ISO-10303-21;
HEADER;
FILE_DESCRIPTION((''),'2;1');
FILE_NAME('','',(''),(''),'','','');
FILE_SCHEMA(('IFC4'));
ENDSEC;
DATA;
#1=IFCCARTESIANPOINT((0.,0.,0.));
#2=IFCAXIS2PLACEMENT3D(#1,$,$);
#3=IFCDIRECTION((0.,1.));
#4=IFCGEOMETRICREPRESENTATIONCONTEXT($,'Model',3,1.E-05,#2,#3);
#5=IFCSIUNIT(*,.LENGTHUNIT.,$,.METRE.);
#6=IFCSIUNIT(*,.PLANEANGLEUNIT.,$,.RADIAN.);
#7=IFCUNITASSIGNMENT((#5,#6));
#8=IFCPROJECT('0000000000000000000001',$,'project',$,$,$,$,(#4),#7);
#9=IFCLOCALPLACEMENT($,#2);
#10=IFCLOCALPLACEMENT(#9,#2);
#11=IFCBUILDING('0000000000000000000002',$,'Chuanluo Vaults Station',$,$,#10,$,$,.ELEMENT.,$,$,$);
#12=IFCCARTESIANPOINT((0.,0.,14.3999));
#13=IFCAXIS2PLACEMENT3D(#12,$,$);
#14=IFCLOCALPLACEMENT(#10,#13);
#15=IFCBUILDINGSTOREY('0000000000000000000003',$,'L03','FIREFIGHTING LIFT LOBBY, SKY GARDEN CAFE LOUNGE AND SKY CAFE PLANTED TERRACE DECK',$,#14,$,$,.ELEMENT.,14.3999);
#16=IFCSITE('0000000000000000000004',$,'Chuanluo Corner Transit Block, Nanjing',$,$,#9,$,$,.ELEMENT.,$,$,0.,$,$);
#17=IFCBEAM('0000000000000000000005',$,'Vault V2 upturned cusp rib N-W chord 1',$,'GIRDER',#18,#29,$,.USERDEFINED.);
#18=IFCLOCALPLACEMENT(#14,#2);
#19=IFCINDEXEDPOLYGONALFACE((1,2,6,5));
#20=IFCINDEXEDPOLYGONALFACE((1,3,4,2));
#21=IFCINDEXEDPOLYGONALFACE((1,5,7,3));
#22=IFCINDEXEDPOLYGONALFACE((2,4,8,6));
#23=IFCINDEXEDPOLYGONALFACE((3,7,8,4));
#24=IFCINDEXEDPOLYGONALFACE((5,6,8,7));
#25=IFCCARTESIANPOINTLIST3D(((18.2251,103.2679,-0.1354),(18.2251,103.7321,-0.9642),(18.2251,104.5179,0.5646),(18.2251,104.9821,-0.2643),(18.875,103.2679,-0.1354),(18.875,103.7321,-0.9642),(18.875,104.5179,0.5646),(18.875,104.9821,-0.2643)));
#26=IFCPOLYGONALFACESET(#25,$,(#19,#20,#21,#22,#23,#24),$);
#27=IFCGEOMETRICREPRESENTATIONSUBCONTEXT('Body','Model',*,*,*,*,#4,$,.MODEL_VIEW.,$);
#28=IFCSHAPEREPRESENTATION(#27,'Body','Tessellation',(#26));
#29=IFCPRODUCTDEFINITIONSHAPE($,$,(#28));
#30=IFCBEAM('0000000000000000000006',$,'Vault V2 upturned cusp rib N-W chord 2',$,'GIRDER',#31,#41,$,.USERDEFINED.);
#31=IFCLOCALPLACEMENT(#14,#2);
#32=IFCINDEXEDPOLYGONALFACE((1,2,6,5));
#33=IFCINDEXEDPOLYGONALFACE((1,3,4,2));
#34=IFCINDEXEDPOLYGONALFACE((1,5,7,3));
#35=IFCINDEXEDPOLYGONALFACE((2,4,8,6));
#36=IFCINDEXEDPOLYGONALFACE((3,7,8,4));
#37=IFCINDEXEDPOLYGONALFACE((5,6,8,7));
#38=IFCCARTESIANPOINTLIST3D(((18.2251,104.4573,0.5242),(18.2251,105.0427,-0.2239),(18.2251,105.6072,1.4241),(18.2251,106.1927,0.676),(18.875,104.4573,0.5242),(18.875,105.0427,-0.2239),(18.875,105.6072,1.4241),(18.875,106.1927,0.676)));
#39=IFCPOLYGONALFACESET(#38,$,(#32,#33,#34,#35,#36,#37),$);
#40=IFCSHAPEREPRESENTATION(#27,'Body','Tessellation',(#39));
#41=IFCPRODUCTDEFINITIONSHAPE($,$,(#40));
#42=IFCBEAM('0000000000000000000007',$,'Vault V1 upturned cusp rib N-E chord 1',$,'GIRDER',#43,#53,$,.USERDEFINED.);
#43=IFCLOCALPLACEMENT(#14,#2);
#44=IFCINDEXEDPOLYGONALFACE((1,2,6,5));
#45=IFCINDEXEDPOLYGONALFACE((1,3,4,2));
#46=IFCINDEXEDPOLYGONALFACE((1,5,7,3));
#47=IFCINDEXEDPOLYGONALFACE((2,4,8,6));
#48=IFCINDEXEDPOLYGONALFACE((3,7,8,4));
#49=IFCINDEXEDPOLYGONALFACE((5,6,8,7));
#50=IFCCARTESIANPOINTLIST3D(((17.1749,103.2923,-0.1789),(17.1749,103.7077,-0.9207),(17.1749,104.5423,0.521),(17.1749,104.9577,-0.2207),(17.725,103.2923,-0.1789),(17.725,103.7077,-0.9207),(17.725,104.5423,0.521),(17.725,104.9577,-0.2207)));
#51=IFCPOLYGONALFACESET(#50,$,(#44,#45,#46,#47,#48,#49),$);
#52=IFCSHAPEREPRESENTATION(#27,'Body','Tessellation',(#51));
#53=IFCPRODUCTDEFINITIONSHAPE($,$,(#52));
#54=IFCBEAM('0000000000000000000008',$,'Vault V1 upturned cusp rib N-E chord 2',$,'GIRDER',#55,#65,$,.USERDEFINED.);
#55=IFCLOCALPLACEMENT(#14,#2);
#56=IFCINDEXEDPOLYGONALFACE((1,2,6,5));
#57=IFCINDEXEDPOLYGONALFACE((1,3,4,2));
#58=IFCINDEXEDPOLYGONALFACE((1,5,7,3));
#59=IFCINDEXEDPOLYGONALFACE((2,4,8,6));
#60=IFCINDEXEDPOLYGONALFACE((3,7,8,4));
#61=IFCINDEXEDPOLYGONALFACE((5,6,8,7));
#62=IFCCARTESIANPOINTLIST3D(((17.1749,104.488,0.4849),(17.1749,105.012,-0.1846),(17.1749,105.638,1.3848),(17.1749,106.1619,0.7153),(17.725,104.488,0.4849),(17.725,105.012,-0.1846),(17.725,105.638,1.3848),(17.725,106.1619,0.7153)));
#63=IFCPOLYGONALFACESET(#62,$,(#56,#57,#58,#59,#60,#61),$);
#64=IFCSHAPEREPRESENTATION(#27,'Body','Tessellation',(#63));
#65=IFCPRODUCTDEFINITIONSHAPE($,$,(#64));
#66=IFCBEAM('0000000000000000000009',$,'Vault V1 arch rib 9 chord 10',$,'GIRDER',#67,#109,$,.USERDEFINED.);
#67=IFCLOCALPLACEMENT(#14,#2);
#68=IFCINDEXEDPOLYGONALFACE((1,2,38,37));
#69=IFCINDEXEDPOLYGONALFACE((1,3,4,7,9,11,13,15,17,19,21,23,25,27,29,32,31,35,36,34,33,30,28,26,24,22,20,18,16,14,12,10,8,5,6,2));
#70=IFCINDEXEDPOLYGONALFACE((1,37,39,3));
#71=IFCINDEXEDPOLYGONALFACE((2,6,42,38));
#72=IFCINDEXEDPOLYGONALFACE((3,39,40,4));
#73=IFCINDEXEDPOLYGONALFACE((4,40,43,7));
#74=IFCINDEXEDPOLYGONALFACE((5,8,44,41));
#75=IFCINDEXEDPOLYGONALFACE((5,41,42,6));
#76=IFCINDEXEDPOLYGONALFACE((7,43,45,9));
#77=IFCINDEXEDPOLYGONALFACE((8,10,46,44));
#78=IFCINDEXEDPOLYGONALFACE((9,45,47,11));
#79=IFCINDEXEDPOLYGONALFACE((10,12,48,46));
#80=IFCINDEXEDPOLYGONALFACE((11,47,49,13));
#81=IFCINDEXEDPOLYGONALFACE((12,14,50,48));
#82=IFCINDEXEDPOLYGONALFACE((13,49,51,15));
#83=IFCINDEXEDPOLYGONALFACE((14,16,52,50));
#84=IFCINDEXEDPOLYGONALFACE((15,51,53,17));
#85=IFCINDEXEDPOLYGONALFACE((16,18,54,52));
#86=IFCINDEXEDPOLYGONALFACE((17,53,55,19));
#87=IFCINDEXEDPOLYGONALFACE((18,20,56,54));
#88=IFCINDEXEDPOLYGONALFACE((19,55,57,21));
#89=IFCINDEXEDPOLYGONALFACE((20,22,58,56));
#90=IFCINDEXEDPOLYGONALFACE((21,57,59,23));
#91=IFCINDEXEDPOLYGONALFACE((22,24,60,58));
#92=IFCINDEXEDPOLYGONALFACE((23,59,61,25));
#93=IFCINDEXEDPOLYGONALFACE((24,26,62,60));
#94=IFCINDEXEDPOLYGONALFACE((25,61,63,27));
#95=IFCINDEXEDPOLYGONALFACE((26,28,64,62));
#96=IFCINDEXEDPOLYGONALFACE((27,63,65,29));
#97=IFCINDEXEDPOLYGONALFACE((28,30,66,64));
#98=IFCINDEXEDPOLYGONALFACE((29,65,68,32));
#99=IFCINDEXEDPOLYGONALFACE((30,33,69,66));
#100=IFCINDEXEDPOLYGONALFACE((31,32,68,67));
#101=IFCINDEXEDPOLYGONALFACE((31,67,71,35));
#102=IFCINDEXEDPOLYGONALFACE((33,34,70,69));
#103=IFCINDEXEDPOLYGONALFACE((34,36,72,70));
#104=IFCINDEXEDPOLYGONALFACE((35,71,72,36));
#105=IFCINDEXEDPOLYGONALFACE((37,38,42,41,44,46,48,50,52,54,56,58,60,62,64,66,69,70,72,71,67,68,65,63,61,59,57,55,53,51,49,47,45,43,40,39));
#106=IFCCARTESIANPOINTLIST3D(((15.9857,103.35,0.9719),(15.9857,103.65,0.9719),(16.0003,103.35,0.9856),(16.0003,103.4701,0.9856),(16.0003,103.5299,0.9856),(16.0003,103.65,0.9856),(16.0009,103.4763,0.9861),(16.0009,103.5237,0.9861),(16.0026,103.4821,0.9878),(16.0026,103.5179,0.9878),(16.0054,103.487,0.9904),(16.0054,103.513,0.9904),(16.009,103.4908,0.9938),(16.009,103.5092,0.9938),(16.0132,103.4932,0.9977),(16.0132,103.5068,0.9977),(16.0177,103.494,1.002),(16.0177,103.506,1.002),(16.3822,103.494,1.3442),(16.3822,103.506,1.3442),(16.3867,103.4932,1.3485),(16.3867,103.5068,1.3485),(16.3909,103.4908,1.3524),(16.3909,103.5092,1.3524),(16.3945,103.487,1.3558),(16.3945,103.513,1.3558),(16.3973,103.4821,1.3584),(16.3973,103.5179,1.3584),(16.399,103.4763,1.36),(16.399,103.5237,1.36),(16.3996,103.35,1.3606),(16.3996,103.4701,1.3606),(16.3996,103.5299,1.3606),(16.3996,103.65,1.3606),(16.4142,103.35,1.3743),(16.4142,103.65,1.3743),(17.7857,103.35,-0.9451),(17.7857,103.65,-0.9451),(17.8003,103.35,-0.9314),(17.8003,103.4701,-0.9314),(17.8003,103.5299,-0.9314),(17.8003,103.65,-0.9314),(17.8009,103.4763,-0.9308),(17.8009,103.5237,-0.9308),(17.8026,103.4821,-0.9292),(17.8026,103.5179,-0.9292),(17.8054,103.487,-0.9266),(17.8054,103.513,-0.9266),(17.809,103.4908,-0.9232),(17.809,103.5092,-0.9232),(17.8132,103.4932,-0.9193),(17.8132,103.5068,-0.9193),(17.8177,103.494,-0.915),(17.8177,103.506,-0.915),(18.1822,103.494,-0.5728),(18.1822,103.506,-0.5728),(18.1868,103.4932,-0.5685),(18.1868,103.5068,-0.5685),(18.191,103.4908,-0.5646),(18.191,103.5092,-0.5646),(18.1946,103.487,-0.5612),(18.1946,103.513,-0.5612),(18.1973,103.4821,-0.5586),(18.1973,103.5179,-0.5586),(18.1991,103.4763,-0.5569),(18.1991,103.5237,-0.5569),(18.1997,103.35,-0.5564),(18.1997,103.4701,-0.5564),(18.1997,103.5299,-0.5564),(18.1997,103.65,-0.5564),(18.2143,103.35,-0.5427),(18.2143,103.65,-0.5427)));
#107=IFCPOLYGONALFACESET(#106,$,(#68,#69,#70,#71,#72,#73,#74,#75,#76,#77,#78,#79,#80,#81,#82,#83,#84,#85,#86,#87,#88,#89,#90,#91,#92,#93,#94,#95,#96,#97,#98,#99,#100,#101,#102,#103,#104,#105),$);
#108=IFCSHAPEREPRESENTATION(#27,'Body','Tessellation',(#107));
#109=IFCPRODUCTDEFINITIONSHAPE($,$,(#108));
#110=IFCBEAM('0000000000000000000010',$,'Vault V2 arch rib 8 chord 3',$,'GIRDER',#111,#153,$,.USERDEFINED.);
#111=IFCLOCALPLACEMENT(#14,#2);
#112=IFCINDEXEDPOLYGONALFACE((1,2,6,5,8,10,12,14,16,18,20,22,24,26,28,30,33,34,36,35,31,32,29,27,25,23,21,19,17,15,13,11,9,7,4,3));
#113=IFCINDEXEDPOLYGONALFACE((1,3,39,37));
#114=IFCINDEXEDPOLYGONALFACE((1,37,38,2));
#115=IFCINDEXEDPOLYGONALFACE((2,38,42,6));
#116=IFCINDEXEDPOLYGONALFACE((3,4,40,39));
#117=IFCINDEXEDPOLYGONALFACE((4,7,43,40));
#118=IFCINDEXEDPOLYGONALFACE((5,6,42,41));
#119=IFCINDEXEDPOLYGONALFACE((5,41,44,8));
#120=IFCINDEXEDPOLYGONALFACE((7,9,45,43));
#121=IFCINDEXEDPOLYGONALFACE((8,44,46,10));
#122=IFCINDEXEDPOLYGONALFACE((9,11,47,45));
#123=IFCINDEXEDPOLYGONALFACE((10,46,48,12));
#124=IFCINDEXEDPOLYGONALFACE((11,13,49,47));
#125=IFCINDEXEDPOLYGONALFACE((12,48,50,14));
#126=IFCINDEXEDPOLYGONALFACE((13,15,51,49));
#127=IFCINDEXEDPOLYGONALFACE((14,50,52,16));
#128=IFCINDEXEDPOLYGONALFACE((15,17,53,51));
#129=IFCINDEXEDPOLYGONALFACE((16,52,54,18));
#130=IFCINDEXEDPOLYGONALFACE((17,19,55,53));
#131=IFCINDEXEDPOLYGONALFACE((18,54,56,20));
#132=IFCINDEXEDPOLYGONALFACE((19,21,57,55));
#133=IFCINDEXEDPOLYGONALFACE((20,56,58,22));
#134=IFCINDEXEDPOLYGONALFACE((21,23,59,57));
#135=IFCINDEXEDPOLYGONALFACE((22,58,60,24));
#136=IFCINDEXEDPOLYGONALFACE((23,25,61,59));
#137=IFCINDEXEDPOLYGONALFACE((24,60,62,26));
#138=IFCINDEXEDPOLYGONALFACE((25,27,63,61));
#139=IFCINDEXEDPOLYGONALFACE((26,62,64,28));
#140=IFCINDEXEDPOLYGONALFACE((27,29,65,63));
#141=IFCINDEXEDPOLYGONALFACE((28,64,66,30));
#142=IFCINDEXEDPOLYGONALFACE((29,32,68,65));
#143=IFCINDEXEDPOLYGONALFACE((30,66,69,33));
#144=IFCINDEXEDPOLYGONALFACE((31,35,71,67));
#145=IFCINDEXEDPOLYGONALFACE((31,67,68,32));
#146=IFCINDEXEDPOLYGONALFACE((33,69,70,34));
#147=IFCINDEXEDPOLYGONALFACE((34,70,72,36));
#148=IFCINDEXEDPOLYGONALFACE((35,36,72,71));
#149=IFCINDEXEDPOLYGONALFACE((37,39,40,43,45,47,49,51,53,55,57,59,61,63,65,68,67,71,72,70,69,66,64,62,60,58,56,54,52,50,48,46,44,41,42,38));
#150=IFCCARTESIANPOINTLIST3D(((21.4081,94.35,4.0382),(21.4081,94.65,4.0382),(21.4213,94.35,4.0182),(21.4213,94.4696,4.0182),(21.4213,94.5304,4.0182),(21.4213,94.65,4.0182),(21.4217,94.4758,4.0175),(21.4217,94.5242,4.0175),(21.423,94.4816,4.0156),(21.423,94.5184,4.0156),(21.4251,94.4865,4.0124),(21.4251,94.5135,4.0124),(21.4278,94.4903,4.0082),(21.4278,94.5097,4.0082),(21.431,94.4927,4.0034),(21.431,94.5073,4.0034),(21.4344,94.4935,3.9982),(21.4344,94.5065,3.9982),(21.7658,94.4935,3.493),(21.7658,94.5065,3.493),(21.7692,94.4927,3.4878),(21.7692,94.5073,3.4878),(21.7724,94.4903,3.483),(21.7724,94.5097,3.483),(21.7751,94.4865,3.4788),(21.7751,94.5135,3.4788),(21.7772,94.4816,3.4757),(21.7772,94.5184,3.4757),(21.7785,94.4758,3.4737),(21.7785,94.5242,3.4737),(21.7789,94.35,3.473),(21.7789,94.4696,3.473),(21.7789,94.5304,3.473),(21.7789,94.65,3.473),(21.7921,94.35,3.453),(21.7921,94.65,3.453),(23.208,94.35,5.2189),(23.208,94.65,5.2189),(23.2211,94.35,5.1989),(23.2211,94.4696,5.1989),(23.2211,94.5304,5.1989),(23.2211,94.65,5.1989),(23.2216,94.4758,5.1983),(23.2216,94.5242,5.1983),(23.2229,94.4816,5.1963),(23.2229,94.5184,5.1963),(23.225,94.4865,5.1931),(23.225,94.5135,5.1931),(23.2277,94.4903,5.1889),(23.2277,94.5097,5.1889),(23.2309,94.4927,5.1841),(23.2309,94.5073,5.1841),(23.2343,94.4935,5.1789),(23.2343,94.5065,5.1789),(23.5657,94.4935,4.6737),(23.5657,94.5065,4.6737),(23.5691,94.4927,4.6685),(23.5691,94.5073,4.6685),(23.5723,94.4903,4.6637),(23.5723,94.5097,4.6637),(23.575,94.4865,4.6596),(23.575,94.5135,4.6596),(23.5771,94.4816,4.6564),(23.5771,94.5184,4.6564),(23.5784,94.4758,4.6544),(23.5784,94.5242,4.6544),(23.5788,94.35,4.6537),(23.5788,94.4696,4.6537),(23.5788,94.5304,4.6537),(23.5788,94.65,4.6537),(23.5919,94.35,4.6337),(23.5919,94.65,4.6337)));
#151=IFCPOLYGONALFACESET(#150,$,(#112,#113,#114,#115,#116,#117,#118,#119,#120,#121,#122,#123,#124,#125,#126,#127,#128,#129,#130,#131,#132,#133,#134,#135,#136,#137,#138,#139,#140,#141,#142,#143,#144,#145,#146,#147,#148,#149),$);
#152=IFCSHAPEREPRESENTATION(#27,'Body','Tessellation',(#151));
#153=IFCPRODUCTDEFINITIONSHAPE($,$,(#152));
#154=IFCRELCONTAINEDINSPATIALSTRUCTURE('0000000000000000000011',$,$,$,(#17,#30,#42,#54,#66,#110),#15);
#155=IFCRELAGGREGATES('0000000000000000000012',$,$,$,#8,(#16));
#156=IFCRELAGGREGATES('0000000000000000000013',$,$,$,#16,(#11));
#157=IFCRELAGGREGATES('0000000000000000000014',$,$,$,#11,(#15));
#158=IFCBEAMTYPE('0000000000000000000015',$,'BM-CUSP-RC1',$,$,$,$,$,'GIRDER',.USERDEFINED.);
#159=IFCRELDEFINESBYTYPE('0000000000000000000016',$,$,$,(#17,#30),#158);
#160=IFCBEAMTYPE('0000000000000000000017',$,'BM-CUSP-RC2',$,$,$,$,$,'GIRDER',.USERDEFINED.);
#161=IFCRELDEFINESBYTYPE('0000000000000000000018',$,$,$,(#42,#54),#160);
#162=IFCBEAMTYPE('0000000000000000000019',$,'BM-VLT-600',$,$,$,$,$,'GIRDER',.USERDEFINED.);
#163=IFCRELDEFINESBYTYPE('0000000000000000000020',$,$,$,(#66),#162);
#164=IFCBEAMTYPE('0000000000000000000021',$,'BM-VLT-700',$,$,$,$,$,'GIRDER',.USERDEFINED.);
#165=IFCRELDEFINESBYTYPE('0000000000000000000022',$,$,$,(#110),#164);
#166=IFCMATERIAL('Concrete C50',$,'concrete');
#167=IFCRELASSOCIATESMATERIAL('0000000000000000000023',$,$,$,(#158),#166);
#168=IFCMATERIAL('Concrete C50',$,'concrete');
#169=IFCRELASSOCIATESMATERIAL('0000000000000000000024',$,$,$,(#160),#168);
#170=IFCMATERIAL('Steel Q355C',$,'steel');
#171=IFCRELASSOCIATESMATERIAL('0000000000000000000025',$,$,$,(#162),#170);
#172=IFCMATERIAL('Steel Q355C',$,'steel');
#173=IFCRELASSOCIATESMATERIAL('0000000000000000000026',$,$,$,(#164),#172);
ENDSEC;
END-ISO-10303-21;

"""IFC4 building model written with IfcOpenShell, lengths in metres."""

from ifc_helpers import new_model, si_unit, direction, frame, origin, origin_2d, place, context, subcontext, project, spatial, rectangle, i_section, extrude, material, material_profile, profile_set, type_object, element, save


model = new_model("IFC4")

# Units and contexts
model_context = context("Model", 3, precision=1e-05, world=origin(), true_north=direction((0.0, 1.0)))
body_context = subcontext(model_context, "Body", "Model", "MODEL_VIEW")
ifc_project = project(units=[si_unit("LENGTHUNIT", "METRE"), si_unit("PLANEANGLEUNIT", "RADIAN")], contexts=[model_context])

# Site, building, storey
site_placement = place(None, origin())
site = spatial("IfcSite", under=ifc_project, at=site_placement, Name="Chuanluo Corner Transit Block, Nanjing", CompositionType="ELEMENT", RefElevation=0.0)
building_placement = place(site_placement, origin())
building = spatial("IfcBuilding", under=site, at=building_placement, Name="Chuanluo Vaults Station", CompositionType="ELEMENT")
storey_placement = place(building_placement, frame((0.0, 0.0, 14.3999)))
storey = spatial("IfcBuildingStorey", under=building, at=storey_placement, Name="L03", Description="FIREFIGHTING LIFT LOBBY, SKY GARDEN CAFE LOUNGE AND SKY CAFE PLANTED TERRACE DECK", CompositionType="ELEMENT", Elevation=14.3999)

# Beams
ifc_material_1 = material(Name="Concrete C50", Category="concrete")
ifc_material_profile_1 = material_profile(ifc_material_1, rectangle(XDim=0.6499, YDim=0.95, at=origin_2d()))
ifc_profile_set_1 = profile_set([ifc_material_profile_1], Name="Concrete C50")
beam_type_1 = type_object("IfcBeamType", Name="BM-CUSP-RC1", ElementType="GIRDER", PredefinedType="USERDEFINED", material=ifc_profile_set_1)
beam_1_placement = place(storey_placement, frame((18.55, 103.5, -0.5498), z_axis=(0.0, 0.872521, 0.488577), x_axis=(-1.0, 0.0, 0.0)))
element("IfcBeam", 1, at=beam_1_placement, inside=storey, type_object=beam_type_1, Name="Vault V2 upturned cusp rib N-W chord 1", ObjectType="GIRDER", PredefinedType="USERDEFINED", context=body_context, shape_type="SweptSolid", body=[
    extrude(rectangle(XDim=0.6499, YDim=0.95, at=origin_2d()), origin(), (0.0, 0.0, 1.0), 1.4326),
])
beam_2_placement = place(storey_placement, frame((18.55, 104.75, 0.1501), z_axis=(0.0, 0.787512, 0.616299), x_axis=(-1.0, 0.0, 0.0)))
element("IfcBeam", 2, at=beam_2_placement, inside=storey, type_object=beam_type_1, Name="Vault V2 upturned cusp rib N-W chord 2", ObjectType="GIRDER", PredefinedType="USERDEFINED", context=body_context, shape_type="SweptSolid", body=[
    extrude(rectangle(XDim=0.6499, YDim=0.95, at=origin_2d()), origin(), (0.0, 0.0, 1.0), 1.4602),
])
ifc_material_2 = material(Name="Concrete C50", Category="concrete")
ifc_material_profile_2 = material_profile(ifc_material_2, rectangle(XDim=0.55, YDim=0.8501, at=origin_2d()))
ifc_profile_set_2 = profile_set([ifc_material_profile_2], Name="Concrete C50")
beam_type_2 = type_object("IfcBeamType", Name="BM-CUSP-RC2", ElementType="GIRDER", PredefinedType="USERDEFINED", material=ifc_profile_set_2)
beam_3_placement = place(storey_placement, frame((17.45, 103.5, -0.5498), z_axis=(0.0, 0.872521, 0.488577), x_axis=(-1.0, 0.0, 0.0)))
element("IfcBeam", 3, at=beam_3_placement, inside=storey, type_object=beam_type_2, Name="Vault V1 upturned cusp rib N-E chord 1", ObjectType="GIRDER", PredefinedType="USERDEFINED", context=body_context, shape_type="SweptSolid", body=[
    extrude(rectangle(XDim=0.55, YDim=0.8501, at=origin_2d()), origin(), (0.0, 0.0, 1.0), 1.4326),
])
beam_4_placement = place(storey_placement, frame((17.45, 104.75, 0.1501), z_axis=(0.0, 0.787512, 0.616299), x_axis=(-1.0, 0.0, 0.0)))
element("IfcBeam", 4, at=beam_4_placement, inside=storey, type_object=beam_type_2, Name="Vault V1 upturned cusp rib N-E chord 2", ObjectType="GIRDER", PredefinedType="USERDEFINED", context=body_context, shape_type="SweptSolid", body=[
    extrude(rectangle(XDim=0.55, YDim=0.8501, at=origin_2d()), origin(), (0.0, 0.0, 1.0), 1.4602),
])
ifc_material_3 = material(Name="Steel Q355C", Category="steel")
ifc_material_profile_3 = material_profile(ifc_material_3, i_section(OverallWidth=0.3, OverallDepth=0.5879, WebThickness=0.012, FlangeThickness=0.02, FilletRadius=0.0239, at=origin_2d()))
ifc_profile_set_3 = profile_set([ifc_material_profile_3], Name="Steel Q355C")
beam_type_3 = type_object("IfcBeamType", Name="BM-VLT-600", ElementType="GIRDER", PredefinedType="USERDEFINED", material=ifc_profile_set_3)
beam_5_placement = place(storey_placement, frame((16.2, 103.5, 1.1731), z_axis=(0.684522, 0.0, -0.728993), x_axis=(0.0, 1.0, 0.0)))
element("IfcBeam", 5, at=beam_5_placement, inside=storey, type_object=beam_type_3, Name="Vault V1 arch rib 9 chord 10", ObjectType="GIRDER", PredefinedType="USERDEFINED", context=body_context, shape_type="SweptSolid", body=[
    extrude(i_section(OverallWidth=0.3, OverallDepth=0.5879, WebThickness=0.012, FlangeThickness=0.02, FilletRadius=0.0239, at=origin_2d()), origin(), (0.0, 0.0, 1.0), 2.6296),
])
ifc_material_4 = material(Name="Steel Q355C", Category="steel")
ifc_material_profile_4 = material_profile(ifc_material_4, i_section(OverallWidth=0.3, OverallDepth=0.7, WebThickness=0.0129, FlangeThickness=0.0239, FilletRadius=0.0239, at=origin_2d()))
ifc_profile_set_4 = profile_set([ifc_material_profile_4], Name="Steel Q355C")
beam_type_4 = type_object("IfcBeamType", Name="BM-VLT-700", ElementType="GIRDER", PredefinedType="USERDEFINED", material=ifc_profile_set_4)
beam_6_placement = place(storey_placement, frame((21.6001, 94.5, 3.7456), z_axis=(0.836145, 0.0, 0.548508), x_axis=(0.0, 1.0, 0.0)))
element("IfcBeam", 6, at=beam_6_placement, inside=storey, type_object=beam_type_4, Name="Vault V2 arch rib 8 chord 3", ObjectType="GIRDER", PredefinedType="USERDEFINED", context=body_context, shape_type="SweptSolid", body=[
    extrude(i_section(OverallWidth=0.3, OverallDepth=0.7, WebThickness=0.0129, FlangeThickness=0.0239, FilletRadius=0.0239, at=origin_2d()), origin(), (0.0, 0.0, 1.0), 2.1526),
])

save(model, "model.ifc")
